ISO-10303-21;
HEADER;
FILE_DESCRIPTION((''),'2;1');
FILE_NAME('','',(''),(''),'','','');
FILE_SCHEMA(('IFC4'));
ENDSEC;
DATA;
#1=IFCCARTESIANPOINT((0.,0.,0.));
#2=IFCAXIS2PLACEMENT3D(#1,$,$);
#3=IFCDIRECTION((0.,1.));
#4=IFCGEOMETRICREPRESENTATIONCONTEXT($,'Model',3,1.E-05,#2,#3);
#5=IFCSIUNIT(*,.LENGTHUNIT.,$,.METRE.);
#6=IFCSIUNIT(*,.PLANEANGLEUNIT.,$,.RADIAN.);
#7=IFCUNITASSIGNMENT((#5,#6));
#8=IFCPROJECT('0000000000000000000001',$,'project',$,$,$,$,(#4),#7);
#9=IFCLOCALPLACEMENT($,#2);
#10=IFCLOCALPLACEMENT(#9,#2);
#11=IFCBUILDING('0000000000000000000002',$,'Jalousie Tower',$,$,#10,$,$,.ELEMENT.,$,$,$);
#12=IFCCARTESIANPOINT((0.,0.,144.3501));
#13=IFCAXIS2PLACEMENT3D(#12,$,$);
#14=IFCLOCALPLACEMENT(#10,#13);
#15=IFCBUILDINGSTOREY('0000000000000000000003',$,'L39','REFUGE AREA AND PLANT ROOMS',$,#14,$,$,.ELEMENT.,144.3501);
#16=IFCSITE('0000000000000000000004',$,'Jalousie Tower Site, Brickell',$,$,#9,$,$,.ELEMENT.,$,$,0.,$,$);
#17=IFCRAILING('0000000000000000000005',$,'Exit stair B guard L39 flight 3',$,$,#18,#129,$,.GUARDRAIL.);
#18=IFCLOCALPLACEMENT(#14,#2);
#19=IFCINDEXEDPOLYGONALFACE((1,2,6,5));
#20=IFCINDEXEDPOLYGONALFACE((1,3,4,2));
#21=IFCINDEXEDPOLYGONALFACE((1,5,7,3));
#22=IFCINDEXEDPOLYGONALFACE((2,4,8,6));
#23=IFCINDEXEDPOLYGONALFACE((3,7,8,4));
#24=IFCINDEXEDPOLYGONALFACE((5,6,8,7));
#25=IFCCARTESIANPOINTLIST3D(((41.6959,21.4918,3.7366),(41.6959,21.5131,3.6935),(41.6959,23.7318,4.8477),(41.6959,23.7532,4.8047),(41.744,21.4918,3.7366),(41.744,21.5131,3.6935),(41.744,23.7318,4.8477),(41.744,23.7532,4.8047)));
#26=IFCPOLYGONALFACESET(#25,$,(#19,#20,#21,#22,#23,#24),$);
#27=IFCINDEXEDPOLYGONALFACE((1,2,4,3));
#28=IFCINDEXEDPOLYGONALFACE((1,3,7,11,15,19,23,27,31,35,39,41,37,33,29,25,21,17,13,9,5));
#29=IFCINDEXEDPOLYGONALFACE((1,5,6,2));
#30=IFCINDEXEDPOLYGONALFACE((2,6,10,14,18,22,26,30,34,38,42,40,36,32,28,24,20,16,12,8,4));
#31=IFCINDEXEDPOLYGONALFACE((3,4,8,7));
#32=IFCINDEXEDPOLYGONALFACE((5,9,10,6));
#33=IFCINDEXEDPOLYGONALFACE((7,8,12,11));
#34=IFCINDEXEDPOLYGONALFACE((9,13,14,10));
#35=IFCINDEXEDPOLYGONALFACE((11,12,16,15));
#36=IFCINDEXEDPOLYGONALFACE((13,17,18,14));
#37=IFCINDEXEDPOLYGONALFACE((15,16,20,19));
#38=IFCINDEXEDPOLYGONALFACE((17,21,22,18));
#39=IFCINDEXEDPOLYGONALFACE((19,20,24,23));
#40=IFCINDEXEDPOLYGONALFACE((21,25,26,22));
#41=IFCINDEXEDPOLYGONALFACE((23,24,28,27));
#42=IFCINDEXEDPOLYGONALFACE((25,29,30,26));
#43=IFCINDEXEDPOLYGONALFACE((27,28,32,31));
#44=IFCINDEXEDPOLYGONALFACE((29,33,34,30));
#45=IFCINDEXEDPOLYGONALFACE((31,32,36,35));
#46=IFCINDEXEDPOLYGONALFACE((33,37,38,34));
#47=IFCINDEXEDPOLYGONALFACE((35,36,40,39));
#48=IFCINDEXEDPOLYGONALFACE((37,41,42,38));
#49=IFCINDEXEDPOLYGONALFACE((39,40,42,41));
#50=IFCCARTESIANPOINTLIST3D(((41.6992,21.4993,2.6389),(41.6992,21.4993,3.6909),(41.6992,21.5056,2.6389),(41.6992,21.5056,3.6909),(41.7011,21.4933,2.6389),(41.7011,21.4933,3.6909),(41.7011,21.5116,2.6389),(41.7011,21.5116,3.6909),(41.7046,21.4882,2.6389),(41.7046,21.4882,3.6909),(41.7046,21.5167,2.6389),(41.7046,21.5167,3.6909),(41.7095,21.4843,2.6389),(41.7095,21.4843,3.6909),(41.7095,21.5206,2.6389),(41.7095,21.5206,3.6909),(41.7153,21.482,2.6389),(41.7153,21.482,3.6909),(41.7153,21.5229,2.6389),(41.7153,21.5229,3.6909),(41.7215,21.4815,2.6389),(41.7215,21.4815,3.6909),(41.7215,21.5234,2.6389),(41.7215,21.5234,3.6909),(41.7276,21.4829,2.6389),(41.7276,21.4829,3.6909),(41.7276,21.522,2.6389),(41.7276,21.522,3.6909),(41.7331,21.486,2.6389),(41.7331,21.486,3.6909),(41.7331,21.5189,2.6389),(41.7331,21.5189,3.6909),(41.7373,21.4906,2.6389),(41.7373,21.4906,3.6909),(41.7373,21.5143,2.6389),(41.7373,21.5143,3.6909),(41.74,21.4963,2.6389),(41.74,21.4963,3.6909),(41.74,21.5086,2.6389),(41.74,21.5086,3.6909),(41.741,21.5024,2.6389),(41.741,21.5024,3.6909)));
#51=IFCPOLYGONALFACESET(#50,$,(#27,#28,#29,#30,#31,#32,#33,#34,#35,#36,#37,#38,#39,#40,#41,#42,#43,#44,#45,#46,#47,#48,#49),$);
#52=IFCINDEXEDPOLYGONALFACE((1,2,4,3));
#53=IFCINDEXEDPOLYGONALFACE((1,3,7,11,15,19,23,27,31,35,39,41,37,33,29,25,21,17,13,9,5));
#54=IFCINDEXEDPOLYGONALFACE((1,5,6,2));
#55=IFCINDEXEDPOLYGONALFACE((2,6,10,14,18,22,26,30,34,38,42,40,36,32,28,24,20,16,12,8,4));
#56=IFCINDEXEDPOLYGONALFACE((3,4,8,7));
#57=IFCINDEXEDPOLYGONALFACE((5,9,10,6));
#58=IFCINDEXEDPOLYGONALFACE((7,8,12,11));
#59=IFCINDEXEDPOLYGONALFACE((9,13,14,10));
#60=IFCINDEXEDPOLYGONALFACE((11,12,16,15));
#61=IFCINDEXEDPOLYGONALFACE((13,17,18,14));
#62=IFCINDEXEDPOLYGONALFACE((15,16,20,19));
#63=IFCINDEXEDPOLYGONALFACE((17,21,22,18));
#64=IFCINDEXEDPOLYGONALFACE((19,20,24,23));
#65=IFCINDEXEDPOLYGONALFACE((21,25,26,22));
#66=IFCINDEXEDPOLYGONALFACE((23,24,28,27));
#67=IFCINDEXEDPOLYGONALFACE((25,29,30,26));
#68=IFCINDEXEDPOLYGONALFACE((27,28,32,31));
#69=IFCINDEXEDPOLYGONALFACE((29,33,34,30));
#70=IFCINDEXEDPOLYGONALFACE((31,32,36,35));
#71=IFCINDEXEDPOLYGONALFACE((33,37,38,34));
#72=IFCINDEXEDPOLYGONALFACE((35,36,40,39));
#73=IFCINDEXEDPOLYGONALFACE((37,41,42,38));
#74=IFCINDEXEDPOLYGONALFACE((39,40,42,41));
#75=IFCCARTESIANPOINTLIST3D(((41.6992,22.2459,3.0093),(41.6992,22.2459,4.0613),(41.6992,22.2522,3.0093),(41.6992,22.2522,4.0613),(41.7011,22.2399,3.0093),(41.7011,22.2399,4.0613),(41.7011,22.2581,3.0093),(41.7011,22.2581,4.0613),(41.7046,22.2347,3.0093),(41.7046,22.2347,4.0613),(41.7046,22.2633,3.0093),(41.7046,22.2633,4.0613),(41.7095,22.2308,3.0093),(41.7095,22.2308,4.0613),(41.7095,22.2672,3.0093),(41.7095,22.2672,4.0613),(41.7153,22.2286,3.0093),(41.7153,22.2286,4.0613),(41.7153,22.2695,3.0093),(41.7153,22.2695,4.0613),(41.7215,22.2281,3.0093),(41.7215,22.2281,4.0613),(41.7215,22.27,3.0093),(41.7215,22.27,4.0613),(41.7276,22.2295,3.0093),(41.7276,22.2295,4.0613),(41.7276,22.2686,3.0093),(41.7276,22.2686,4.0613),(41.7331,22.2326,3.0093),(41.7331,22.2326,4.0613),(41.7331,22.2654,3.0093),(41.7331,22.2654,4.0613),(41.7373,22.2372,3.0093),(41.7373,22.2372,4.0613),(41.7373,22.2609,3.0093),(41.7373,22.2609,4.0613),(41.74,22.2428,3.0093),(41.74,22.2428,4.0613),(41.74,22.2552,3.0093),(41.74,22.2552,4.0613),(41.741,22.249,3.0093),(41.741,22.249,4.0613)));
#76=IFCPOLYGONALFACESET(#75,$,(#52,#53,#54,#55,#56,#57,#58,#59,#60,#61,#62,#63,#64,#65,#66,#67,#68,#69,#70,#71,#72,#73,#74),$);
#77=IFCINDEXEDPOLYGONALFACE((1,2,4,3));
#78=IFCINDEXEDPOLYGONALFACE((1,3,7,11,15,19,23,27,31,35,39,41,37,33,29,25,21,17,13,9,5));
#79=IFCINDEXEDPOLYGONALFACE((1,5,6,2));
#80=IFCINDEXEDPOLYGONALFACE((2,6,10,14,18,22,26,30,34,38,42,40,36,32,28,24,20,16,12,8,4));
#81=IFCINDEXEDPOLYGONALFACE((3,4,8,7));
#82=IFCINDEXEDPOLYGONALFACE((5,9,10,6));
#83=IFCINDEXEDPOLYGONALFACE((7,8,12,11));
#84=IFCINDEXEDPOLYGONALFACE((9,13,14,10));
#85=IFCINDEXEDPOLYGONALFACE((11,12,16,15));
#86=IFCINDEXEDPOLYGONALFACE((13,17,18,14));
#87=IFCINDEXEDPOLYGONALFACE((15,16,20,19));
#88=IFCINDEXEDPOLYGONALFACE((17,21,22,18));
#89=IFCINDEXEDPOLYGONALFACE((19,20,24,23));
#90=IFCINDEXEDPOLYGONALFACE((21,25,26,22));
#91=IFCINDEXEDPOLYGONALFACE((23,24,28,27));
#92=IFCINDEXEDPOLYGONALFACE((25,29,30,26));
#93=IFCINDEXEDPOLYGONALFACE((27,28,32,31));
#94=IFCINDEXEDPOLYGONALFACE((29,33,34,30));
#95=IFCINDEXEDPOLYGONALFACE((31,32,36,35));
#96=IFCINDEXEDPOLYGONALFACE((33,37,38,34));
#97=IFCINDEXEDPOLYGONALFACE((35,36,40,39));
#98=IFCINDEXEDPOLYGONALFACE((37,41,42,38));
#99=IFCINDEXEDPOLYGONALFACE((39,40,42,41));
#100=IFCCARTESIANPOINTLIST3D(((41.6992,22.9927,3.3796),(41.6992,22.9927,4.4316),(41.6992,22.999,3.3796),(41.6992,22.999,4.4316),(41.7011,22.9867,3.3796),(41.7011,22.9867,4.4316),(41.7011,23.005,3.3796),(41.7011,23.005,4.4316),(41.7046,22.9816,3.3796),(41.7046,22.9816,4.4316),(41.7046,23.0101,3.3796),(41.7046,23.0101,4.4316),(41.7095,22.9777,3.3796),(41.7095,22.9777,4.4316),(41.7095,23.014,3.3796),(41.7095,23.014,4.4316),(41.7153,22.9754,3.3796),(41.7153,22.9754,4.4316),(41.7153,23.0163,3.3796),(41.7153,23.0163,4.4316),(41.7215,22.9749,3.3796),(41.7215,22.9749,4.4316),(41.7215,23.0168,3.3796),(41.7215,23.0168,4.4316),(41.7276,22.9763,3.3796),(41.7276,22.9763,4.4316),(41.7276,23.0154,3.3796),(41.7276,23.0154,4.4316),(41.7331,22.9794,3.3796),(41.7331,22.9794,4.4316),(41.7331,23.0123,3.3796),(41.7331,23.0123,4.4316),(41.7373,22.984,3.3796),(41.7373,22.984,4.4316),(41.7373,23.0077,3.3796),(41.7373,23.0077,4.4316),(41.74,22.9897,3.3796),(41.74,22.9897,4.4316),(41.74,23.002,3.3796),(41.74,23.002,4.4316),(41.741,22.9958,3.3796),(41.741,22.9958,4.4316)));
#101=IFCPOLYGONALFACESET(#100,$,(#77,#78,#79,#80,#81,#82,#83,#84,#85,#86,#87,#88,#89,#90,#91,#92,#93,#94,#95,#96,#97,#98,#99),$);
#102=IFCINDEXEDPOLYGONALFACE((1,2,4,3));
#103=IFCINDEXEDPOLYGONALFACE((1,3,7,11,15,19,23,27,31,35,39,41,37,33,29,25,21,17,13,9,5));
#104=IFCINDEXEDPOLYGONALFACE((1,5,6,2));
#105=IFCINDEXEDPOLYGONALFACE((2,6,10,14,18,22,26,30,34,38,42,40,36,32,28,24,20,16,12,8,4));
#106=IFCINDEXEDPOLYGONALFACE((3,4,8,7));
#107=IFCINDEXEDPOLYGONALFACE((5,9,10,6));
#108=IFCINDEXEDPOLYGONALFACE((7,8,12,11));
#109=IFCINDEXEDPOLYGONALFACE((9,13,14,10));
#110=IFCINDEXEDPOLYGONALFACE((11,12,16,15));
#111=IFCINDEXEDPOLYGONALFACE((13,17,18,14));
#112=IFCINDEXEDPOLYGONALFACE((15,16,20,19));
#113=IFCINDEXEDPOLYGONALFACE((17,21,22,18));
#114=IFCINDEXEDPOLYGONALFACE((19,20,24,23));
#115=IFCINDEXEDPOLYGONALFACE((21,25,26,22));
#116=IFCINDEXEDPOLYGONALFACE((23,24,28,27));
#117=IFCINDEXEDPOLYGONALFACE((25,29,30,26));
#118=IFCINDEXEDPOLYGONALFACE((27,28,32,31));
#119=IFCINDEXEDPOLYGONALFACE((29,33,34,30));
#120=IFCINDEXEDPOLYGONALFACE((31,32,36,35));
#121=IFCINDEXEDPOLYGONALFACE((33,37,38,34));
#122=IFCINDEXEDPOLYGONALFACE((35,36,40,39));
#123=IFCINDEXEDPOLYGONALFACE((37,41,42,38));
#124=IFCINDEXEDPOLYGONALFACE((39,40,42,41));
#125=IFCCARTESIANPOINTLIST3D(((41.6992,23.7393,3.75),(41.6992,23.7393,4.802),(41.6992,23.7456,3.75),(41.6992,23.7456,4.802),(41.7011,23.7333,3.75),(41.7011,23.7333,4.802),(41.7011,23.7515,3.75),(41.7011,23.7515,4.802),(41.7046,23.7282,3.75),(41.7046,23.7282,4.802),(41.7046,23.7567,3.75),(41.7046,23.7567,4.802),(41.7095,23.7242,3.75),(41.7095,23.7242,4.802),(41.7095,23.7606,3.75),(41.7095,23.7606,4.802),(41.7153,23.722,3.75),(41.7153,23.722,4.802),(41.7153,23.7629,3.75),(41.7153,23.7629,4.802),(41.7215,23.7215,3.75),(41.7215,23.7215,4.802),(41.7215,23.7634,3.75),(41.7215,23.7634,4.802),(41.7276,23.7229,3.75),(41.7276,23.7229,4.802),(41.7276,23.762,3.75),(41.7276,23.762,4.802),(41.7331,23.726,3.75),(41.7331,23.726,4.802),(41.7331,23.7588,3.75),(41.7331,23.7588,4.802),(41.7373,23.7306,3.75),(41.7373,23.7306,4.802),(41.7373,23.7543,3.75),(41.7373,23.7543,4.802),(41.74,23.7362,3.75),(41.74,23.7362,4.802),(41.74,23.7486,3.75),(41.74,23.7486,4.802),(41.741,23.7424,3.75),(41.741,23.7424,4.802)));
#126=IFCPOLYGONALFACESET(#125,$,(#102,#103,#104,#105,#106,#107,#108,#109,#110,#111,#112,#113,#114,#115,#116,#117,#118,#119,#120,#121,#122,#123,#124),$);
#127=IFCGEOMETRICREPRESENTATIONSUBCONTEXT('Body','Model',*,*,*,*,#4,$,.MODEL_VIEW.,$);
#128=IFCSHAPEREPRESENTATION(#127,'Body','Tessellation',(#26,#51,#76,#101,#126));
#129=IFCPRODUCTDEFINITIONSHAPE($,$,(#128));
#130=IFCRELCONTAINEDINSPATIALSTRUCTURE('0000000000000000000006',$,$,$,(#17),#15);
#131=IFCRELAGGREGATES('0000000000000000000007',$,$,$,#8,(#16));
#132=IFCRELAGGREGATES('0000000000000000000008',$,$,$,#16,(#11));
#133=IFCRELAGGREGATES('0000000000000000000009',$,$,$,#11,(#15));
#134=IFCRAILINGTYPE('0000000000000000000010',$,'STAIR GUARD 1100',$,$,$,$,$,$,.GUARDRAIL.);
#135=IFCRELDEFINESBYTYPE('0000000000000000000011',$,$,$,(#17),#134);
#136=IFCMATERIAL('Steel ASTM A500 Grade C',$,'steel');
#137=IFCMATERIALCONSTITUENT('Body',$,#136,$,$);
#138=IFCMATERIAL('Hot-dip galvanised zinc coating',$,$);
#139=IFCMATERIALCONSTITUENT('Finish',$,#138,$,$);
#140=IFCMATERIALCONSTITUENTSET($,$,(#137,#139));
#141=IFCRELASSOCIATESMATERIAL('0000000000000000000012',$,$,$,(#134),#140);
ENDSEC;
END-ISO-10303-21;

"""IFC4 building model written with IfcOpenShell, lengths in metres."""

from ifc_helpers import new_model, si_unit, direction, frame, origin, origin_2d, place, context, subcontext, project, spatial, rectangle, circle, extrude, material, constituent, constituent_set, type_object, element, save


model = new_model("IFC4")

# Units and contexts
model_context = context("Model", 3, precision=1e-05, world=origin(), true_north=direction((0.0, 1.0)))
body_context = subcontext(model_context, "Body", "Model", "MODEL_VIEW")
ifc_project = project(units=[si_unit("LENGTHUNIT", "METRE"), si_unit("PLANEANGLEUNIT", "RADIAN")], contexts=[model_context])

# Site, building, storey
site_placement = place(None, origin())
site = spatial("IfcSite", under=ifc_project, at=site_placement, Name="Jalousie Tower Site, Brickell", CompositionType="ELEMENT", RefElevation=0.0)
building_placement = place(site_placement, origin())
building = spatial("IfcBuilding", under=site, at=building_placement, Name="Jalousie Tower", CompositionType="ELEMENT")
storey_placement = place(building_placement, frame((0.0, 0.0, 144.3501)))
storey = spatial("IfcBuildingStorey", under=building, at=storey_placement, Name="L39", Description="REFUGE AREA AND PLANT ROOMS", CompositionType="ELEMENT", Elevation=144.3501)

# Railing
ifc_material_1 = material(Name="Steel ASTM A500 Grade C", Category="steel")
ifc_constituent_1 = constituent(ifc_material_1, Name="Body")
ifc_material_2 = material(Name="Hot-dip galvanised zinc coating")
ifc_constituent_2 = constituent(ifc_material_2, Name="Finish")
ifc_constituent_set_1 = constituent_set(constituents=[ifc_constituent_1, ifc_constituent_2])
railing_type_1 = type_object("IfcRailingType", Name="STAIR GUARD 1100", PredefinedType="GUARDRAIL", material=ifc_constituent_set_1)
railing_1_placement = place(storey_placement, frame((41.72, 21.5024, 2.6389)))
element("IfcRailing", 1, at=railing_1_placement, inside=storey, type_object=railing_type_1, Name="Exit stair B guard L39 flight 3", PredefinedType="GUARDRAIL", context=body_context, shape_type="SweptSolid", body=[
    extrude(rectangle(XDim=0.0481, YDim=0.0481, at=origin_2d()), frame((0.0, 0.0, 1.0762), z_axis=(0.0, 0.895848, 0.44436), x_axis=(-1.0, 0.0, 0.0)), (0.0, 0.0, 1.0), 2.5005),
    extrude(circle(Radius=0.021, at=origin_2d()), origin(), (0.0, 0.0, 1.0), 1.052),
    extrude(circle(Radius=0.021, at=origin_2d()), frame((0.0, 0.7466, 0.3704)), (0.0, 0.0, 1.0), 1.052),
    extrude(circle(Radius=0.021, at=origin_2d()), frame((0.0, 1.4934, 0.7407)), (0.0, 0.0, 1.0), 1.052),
    extrude(circle(Radius=0.021, at=origin_2d()), frame((0.0, 2.24, 1.1111)), (0.0, 0.0, 1.0), 1.052),
])

save(model, "model.ifc")
